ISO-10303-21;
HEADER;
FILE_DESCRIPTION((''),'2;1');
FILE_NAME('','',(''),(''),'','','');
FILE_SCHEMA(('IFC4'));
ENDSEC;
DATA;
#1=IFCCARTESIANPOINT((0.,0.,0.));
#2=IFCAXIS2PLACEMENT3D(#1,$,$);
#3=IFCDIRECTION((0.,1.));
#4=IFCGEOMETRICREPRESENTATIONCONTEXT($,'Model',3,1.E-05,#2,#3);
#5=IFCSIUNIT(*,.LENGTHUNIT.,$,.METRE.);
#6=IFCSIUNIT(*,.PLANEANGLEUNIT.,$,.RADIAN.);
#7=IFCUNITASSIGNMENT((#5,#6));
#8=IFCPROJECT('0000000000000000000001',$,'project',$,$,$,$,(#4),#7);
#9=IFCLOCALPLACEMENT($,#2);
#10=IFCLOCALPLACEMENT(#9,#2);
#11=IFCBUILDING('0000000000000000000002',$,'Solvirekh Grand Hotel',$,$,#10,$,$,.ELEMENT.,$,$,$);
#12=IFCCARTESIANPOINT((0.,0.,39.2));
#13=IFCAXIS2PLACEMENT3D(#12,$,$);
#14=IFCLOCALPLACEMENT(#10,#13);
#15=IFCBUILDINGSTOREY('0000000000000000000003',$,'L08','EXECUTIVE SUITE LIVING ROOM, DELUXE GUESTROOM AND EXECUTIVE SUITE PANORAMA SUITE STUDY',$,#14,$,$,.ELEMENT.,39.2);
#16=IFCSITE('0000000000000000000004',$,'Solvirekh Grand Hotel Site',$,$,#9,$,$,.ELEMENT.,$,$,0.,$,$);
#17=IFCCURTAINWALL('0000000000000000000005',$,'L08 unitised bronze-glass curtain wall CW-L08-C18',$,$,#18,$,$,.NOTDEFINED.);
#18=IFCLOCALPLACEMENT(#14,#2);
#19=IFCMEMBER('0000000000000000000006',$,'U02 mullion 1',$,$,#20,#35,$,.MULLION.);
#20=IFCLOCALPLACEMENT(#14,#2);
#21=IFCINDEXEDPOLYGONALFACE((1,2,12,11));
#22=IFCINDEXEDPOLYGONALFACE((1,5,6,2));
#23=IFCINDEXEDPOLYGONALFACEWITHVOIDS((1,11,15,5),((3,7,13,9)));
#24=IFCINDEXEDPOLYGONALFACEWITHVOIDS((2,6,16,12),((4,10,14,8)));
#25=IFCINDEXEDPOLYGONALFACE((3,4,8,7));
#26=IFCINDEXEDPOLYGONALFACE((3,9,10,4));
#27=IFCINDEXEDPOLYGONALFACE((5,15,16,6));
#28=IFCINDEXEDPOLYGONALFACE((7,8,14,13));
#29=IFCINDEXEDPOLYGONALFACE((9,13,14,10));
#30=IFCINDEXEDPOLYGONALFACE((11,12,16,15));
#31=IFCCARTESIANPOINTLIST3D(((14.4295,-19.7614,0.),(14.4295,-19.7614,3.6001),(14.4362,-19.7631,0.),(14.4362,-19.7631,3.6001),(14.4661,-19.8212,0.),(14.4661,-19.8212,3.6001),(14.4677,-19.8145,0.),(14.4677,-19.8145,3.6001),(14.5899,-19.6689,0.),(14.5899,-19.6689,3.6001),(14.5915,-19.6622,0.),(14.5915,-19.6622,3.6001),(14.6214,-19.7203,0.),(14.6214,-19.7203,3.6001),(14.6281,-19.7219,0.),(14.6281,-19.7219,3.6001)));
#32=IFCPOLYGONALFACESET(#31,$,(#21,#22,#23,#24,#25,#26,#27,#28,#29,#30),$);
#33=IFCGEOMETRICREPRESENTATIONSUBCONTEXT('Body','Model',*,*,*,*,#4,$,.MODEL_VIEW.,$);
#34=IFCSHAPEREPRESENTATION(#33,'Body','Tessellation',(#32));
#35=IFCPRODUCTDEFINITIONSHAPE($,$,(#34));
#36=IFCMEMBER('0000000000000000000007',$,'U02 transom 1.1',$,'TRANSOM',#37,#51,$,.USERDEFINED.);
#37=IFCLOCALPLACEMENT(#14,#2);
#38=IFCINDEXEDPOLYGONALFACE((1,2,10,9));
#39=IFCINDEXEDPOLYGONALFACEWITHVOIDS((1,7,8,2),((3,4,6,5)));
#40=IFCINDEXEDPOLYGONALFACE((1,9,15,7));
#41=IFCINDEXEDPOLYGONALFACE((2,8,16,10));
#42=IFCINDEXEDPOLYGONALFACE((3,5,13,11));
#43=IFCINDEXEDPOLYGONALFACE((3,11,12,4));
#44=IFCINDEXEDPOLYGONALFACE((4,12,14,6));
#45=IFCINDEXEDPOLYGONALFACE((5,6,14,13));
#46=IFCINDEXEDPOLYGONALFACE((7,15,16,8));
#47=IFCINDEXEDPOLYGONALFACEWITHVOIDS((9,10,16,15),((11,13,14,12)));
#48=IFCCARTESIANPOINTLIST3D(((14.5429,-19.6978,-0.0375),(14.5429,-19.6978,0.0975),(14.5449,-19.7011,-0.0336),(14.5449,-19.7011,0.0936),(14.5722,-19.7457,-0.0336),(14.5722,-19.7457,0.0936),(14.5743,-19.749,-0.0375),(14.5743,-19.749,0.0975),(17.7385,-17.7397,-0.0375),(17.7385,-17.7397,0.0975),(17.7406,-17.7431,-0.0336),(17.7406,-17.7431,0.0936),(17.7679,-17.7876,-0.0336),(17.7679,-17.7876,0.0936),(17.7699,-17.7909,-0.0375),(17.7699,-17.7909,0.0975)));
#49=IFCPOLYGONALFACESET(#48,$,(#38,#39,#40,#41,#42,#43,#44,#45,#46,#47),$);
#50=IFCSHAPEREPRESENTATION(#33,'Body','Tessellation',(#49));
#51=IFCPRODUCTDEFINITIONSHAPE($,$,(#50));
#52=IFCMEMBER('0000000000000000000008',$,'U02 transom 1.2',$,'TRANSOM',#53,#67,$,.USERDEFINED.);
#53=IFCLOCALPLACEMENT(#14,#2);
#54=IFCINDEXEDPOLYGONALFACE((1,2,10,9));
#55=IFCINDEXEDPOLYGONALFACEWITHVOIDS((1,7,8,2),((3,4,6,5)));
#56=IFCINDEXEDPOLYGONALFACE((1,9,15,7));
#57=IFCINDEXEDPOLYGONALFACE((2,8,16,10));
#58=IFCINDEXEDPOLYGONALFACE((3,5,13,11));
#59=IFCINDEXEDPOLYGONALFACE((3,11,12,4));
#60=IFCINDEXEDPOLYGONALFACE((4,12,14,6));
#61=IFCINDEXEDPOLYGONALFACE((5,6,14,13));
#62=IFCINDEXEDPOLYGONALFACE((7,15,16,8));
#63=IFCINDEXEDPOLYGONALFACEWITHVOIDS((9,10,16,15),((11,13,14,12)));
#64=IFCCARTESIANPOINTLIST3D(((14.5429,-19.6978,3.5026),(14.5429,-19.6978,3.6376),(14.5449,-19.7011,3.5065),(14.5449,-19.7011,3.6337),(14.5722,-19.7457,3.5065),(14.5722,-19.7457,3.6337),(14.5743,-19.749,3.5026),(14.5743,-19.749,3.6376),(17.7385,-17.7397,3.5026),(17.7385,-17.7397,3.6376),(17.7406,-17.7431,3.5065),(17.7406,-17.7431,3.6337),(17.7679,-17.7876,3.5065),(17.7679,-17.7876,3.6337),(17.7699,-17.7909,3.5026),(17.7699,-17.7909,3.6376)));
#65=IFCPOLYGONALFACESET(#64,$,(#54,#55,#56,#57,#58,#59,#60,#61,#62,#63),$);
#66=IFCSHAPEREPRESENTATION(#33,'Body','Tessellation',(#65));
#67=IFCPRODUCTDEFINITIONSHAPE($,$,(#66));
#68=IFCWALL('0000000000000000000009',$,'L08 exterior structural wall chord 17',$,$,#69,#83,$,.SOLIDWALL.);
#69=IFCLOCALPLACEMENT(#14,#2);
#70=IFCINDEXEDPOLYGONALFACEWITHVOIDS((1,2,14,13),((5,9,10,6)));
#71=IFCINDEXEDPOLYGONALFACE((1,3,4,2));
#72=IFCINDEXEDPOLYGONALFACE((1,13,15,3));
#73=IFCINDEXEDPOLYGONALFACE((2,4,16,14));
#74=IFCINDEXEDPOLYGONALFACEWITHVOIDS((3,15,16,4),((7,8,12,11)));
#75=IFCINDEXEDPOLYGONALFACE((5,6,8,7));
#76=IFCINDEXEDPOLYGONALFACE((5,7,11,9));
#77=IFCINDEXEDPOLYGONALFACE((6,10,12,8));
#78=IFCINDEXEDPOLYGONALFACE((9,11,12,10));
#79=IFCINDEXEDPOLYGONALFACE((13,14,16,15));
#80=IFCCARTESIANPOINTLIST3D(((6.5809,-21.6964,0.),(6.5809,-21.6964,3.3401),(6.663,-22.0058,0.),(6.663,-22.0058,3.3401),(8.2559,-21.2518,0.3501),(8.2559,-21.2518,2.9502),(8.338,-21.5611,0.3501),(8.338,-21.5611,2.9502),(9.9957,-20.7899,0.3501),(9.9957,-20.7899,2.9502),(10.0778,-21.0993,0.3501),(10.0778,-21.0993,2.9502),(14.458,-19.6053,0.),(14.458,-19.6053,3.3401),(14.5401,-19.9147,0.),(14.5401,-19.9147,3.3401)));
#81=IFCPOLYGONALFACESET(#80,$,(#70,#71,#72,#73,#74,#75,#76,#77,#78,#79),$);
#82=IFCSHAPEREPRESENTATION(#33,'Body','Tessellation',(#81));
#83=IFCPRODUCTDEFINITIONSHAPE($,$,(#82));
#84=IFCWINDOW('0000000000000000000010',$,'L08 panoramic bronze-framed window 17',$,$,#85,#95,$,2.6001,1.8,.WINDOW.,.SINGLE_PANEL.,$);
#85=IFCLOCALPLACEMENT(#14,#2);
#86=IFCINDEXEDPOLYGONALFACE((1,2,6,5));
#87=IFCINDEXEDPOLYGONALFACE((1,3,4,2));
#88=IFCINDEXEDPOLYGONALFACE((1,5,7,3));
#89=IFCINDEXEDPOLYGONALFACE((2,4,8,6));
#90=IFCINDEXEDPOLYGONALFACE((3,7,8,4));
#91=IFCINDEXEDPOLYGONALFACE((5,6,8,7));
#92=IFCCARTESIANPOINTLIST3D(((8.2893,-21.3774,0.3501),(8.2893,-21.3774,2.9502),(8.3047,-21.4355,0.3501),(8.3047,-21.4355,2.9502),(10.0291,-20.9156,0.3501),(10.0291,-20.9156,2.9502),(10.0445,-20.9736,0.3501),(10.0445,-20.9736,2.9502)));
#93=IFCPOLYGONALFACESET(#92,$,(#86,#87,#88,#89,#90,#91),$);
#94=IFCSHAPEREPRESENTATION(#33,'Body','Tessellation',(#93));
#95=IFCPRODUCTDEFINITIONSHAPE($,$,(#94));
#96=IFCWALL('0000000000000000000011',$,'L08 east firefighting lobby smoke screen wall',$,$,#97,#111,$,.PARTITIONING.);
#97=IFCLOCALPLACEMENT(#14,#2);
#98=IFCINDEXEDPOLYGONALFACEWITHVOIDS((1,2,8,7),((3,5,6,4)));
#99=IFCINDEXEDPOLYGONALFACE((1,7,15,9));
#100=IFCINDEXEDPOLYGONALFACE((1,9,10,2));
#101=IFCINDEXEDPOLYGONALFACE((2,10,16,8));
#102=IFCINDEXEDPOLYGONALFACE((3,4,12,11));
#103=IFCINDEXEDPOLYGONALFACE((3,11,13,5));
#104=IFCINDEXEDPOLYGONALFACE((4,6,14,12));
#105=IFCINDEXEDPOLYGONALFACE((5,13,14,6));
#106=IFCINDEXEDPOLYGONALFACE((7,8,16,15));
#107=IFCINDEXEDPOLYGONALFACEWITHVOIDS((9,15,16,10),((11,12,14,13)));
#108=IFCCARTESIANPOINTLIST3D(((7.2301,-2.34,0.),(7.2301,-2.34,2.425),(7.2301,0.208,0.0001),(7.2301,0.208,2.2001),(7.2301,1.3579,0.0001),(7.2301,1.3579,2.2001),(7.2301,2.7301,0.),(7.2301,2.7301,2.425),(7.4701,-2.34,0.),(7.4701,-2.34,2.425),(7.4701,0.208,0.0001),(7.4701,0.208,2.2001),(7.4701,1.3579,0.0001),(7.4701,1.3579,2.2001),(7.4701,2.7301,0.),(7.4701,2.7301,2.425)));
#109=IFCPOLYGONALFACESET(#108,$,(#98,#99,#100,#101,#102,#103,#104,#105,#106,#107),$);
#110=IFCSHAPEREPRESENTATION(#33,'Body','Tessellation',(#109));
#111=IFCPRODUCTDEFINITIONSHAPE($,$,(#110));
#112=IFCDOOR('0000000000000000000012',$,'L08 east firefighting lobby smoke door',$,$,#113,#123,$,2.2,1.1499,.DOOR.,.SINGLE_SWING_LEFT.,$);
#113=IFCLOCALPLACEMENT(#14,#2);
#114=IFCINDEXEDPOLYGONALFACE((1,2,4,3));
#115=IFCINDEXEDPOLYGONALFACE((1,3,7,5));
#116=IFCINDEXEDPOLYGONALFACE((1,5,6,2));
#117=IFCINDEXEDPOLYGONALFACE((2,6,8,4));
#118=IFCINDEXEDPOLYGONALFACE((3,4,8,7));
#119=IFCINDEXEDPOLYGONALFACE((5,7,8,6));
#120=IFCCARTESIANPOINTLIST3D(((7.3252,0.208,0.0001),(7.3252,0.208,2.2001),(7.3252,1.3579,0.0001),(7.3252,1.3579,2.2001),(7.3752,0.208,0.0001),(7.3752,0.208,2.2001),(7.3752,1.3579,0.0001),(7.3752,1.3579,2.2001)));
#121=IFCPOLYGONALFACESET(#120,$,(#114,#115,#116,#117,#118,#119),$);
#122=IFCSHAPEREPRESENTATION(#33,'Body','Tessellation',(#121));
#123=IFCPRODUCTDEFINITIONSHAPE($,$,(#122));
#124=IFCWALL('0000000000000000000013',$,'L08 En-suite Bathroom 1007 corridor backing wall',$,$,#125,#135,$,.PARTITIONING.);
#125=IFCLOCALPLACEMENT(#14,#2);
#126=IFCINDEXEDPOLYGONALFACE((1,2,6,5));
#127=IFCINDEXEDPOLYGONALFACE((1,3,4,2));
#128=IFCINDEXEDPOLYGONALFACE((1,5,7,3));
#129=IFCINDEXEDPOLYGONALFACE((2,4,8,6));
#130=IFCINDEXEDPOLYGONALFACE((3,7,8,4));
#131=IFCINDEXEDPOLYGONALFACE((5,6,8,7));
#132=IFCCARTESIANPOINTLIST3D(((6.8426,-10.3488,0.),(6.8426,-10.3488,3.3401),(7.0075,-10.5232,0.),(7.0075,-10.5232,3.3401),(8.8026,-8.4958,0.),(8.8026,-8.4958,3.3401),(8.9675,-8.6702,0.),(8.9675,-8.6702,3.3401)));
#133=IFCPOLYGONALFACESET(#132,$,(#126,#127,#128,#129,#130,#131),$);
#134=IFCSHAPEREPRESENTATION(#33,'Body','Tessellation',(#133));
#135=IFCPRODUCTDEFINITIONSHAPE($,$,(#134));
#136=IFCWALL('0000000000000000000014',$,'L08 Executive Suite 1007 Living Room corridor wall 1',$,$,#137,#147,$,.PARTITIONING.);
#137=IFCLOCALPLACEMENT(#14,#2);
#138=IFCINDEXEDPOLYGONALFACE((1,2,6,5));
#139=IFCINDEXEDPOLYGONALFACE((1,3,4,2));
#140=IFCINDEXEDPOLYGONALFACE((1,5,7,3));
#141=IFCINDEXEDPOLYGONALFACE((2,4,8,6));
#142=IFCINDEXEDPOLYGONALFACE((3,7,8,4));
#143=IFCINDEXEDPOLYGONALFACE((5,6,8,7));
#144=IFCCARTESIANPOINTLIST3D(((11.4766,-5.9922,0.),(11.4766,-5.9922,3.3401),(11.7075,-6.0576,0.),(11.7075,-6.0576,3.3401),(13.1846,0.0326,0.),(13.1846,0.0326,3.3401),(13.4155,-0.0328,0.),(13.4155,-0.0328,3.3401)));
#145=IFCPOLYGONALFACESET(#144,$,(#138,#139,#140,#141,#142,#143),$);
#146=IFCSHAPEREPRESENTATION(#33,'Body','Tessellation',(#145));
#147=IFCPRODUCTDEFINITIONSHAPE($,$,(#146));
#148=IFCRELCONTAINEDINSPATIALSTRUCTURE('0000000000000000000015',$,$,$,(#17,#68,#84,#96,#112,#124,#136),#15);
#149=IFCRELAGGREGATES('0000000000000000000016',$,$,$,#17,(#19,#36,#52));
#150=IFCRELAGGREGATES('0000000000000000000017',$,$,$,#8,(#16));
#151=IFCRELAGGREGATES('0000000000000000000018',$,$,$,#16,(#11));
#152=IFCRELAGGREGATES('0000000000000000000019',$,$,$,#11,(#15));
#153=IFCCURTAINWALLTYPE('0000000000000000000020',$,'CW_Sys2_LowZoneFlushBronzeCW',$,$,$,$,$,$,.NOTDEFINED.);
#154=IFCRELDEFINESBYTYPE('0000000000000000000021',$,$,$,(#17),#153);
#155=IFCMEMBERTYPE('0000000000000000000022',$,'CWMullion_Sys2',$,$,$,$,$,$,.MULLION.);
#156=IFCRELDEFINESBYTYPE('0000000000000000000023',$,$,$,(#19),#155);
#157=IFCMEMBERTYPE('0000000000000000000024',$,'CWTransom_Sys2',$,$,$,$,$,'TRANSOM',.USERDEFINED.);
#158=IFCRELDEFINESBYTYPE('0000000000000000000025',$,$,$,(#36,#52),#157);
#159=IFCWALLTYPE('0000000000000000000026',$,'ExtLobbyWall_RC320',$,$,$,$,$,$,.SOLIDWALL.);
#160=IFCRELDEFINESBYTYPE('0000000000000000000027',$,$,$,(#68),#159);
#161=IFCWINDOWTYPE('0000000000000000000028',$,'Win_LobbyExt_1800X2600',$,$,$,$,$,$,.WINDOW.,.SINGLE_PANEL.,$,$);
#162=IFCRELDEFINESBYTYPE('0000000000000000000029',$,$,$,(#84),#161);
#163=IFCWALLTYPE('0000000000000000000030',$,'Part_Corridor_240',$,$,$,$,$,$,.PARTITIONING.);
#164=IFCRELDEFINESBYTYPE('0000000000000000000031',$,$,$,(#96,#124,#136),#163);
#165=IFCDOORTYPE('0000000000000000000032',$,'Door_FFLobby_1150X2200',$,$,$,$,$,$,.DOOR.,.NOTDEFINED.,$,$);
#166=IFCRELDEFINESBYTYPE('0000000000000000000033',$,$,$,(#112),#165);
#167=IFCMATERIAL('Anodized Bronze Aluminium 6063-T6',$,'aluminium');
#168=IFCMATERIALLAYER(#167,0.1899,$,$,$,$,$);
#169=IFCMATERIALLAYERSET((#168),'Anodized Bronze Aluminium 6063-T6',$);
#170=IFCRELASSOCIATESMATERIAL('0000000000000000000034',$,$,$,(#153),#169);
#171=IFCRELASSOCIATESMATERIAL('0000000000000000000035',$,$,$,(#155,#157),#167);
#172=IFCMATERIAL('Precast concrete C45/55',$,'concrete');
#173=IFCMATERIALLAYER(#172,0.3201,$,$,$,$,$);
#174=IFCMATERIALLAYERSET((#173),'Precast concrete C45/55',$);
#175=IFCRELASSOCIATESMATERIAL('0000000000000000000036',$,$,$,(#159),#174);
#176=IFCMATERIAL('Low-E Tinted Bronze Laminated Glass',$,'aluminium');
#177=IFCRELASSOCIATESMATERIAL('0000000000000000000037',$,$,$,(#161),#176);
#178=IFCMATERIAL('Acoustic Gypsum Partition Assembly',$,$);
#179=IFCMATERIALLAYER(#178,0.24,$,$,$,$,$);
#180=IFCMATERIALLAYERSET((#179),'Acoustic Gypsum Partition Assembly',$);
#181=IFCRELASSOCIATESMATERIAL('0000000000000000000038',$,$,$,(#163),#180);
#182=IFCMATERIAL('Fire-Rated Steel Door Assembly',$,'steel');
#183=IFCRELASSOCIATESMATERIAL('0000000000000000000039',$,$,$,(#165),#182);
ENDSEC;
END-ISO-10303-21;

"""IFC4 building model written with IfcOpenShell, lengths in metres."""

from ifc_helpers import new_model, si_unit, direction, frame, frame_2d, origin, origin_2d, place, context, subcontext, project, spatial, rectangle, hollow_rectangle, extrude, source, transform, mapped, material, layer, layer_set, material_profile, profile_set, type_object, element, fill, aggregate, save


model = new_model("IFC4")

# Units and contexts
model_context = context("Model", 3, precision=1e-05, world=origin(), true_north=direction((0.0, 1.0)))
body_context = subcontext(model_context, "Body", "Model", "MODEL_VIEW")
ifc_project = project(units=[si_unit("LENGTHUNIT", "METRE"), si_unit("PLANEANGLEUNIT", "RADIAN")], contexts=[model_context])

# Site, building, storey
site_placement = place(None, origin())
site = spatial("IfcSite", under=ifc_project, at=site_placement, Name="Solvirekh Grand Hotel Site", CompositionType="ELEMENT", RefElevation=0.0)
building_placement = place(site_placement, origin())
building = spatial("IfcBuilding", under=site, at=building_placement, Name="Solvirekh Grand Hotel", CompositionType="ELEMENT")
storey_placement = place(building_placement, frame((0.0, 0.0, 39.2)))
storey = spatial("IfcBuildingStorey", under=building, at=storey_placement, Name="L08", Description="EXECUTIVE SUITE LIVING ROOM, DELUXE GUESTROOM AND EXECUTIVE SUITE PANORAMA SUITE STUDY", CompositionType="ELEMENT", Elevation=39.2)

# Curtain wall, members
ifc_material_1 = material(Name="Anodized Bronze Aluminium 6063-T6", Category="aluminium")
ifc_layer_1 = layer(ifc_material_1, 0.1899)
ifc_layer_set_1 = layer_set([ifc_layer_1], Name="Anodized Bronze Aluminium 6063-T6")
curtain_wall_type = type_object("IfcCurtainWallType", Name="CW_Sys2_LowZoneFlushBronzeCW", PredefinedType="NOTDEFINED", material=ifc_layer_set_1)
curtain_wall_placement = place(storey_placement, origin())
curtain_wall = element("IfcCurtainWall", 1, at=curtain_wall_placement, inside=storey, type_object=curtain_wall_type, Name="L08 unitised bronze-glass curtain wall CW-L08-C18", PredefinedType="NOTDEFINED")
ifc_material_profile_1 = material_profile(ifc_material_1, hollow_rectangle(XDim=0.0701, YDim=0.1899, WallThickness=0.0049, at=origin_2d()), Name="ALU RHS 190X70X5")
ifc_profile_set_1 = profile_set([ifc_material_profile_1], Name="Anodized Bronze Aluminium 6063-T6")
member_type_1 = type_object("IfcMemberType", Name="CWMullion_Sys2", PredefinedType="MULLION", material=ifc_profile_set_1)
shared_shape_1 = source(origin(), body_context, "Body", "SweptSolid", [
    extrude(hollow_rectangle(XDim=0.0701, YDim=0.1899, WallThickness=0.0049, at=origin_2d()), origin(), (0.0, 0.0, 1.0), 3.6001),
])
member_1_placement = place(storey_placement, frame((14.5288, -19.7417, 0.0), z_axis=(0.0, 0.0, 1.0), x_axis=(-0.522489, 0.852646, 0.0)))
member_1 = element("IfcMember", 2, at=member_1_placement, type_object=member_type_1, Name="U02 mullion 1", PredefinedType="MULLION", context=body_context, shape_type="MappedRepresentation", body=[
    mapped(shared_shape_1, transform((0.0, 0.0, 0.0), x_axis=(1.0, 0.0, 0.0), y_axis=(0.0, 1.0, 0.0), z_axis=(0.0, 0.0, 1.0), scale=1.0)),
])
ifc_material_profile_2 = material_profile(ifc_material_1, hollow_rectangle(XDim=0.0601, YDim=0.135, WallThickness=0.0039, at=origin_2d()), Name="ALU RHS 135X60X4")
ifc_profile_set_2 = profile_set([ifc_material_profile_2], Name="Anodized Bronze Aluminium 6063-T6")
member_type_2 = type_object("IfcMemberType", Name="CWTransom_Sys2", ElementType="TRANSOM", PredefinedType="USERDEFINED", material=ifc_profile_set_2)
shared_shape_2 = source(origin(), body_context, "Body", "SweptSolid", [
    extrude(hollow_rectangle(XDim=0.0601, YDim=0.135, WallThickness=0.0039, at=origin_2d()), origin(), (0.0, 0.0, 1.0), 3.7478),
])
member_2_placement = place(storey_placement, frame((14.5586, -19.7234, 0.03), z_axis=(0.852668, 0.522454, 0.0), x_axis=(-0.522454, 0.852668, 0.0)))
member_2 = element("IfcMember", 3, at=member_2_placement, type_object=member_type_2, Name="U02 transom 1.1", ObjectType="TRANSOM", PredefinedType="USERDEFINED", context=body_context, shape_type="MappedRepresentation", body=[
    mapped(shared_shape_2, transform((0.0, 0.0, 0.0), x_axis=(1.0, 0.0, 0.0), y_axis=(0.0, 1.0, 0.0), z_axis=(0.0, 0.0, 1.0), scale=1.0)),
])
member_3_placement = place(storey_placement, frame((14.5586, -19.7234, 3.5701), z_axis=(0.852668, 0.522454, 0.0), x_axis=(-0.522454, 0.852668, 0.0)))
member_3 = element("IfcMember", 4, at=member_3_placement, type_object=member_type_2, Name="U02 transom 1.2", ObjectType="TRANSOM", PredefinedType="USERDEFINED", context=body_context, shape_type="MappedRepresentation", body=[
    mapped(shared_shape_2, transform((0.0, 0.0, 0.0), x_axis=(1.0, 0.0, 0.0), y_axis=(0.0, 1.0, 0.0), z_axis=(0.0, 0.0, 1.0), scale=1.0)),
])
aggregate(curtain_wall, [member_1, member_2, member_3])

# Wall, opening, window
ifc_material_2 = material(Name="Precast concrete C45/55", Category="concrete")
ifc_layer_2 = layer(ifc_material_2, 0.3201)
ifc_layer_set_2 = layer_set([ifc_layer_2], Name="Precast concrete C45/55")
wall_type_1 = type_object("IfcWallType", Name="ExtLobbyWall_RC320", PredefinedType="SOLIDWALL", material=ifc_layer_set_2)
wall_1_placement = place(storey_placement, frame((14.499, -19.76, 0.0), z_axis=(0.0, 0.0, 1.0), x_axis=(-0.966523, -0.256579, 0.0)))
wall_1 = element("IfcWall", 5, at=wall_1_placement, inside=storey, type_object=wall_type_1, Name="L08 exterior structural wall chord 17", PredefinedType="SOLIDWALL", context=body_context, shape_type="SweptSolid", body=[
    extrude(rectangle(XDim=8.1499, YDim=0.3201, at=frame_2d((4.075, 0.0))), origin(), (0.0, 0.0, 1.0), 3.3401),
])
opening_1_placement = place(wall_1_placement, frame((4.6169, 0.0, 0.3501)))
opening_1 = element("IfcOpeningElement", 6, at=opening_1_placement, cuts=wall_1, PredefinedType="OPENING", context=body_context, shape_type="SweptSolid", body=[
    extrude(rectangle(XDim=1.8, YDim=2.6001, at=frame_2d((0.8999, 1.3))), frame((0.0, 0.1699, 0.0), z_axis=(0.0, -1.0, 0.0), x_axis=(1.0, 0.0, 0.0)), (0.0, 0.0, 1.0), 0.3401),
])
ifc_material_3 = material(Name="Low-E Tinted Bronze Laminated Glass", Category="aluminium")
window_type = type_object("IfcWindowType", Name="Win_LobbyExt_1800X2600", PartitioningType="SINGLE_PANEL", PredefinedType="WINDOW", material=ifc_material_3)
window_placement = place(opening_1_placement, origin())
window = element("IfcWindow", 7, at=window_placement, inside=storey, type_object=window_type, Name="L08 panoramic bronze-framed window 17", OverallHeight=2.6001, OverallWidth=1.8, PartitioningType="SINGLE_PANEL", PredefinedType="WINDOW", context=body_context, shape_type="SweptSolid", body=[
    extrude(rectangle(XDim=1.8, YDim=2.6001, at=frame_2d((0.8999, 1.3))), frame((0.0, 0.03, 0.0), z_axis=(0.0, -1.0, 0.0), x_axis=(1.0, 0.0, 0.0)), (0.0, 0.0, 1.0), 0.0601),
])
fill(opening_1, window)

# Wall, opening, door
ifc_material_4 = material(Name="Acoustic Gypsum Partition Assembly")
ifc_layer_3 = layer(ifc_material_4, 0.24)
ifc_layer_set_3 = layer_set([ifc_layer_3], Name="Acoustic Gypsum Partition Assembly")
wall_type_2 = type_object("IfcWallType", Name="Part_Corridor_240", PredefinedType="PARTITIONING", material=ifc_layer_set_3)
wall_2_placement = place(storey_placement, frame((7.3501, -2.3401, 0.0), z_axis=(0.0, 0.0, 1.0), x_axis=(0.0, 1.0, 0.0)))
wall_2 = element("IfcWall", 8, at=wall_2_placement, inside=storey, type_object=wall_type_2, Name="L08 east firefighting lobby smoke screen wall", PredefinedType="PARTITIONING", context=body_context, shape_type="SweptSolid", body=[
    extrude(rectangle(XDim=5.0701, YDim=0.24, at=frame_2d((2.5352, 0.0))), origin(), (0.0, 0.0, 1.0), 2.425),
])
opening_2_placement = place(wall_2_placement, frame((2.5481, 0.0, 0.0)))
opening_2 = element("IfcOpeningElement", 9, at=opening_2_placement, cuts=wall_2, PredefinedType="OPENING", context=body_context, shape_type="SweptSolid", body=[
    extrude(rectangle(XDim=1.1499, YDim=2.2, at=frame_2d((0.575, 1.1001))), frame((0.0, 0.1299, 0.0), z_axis=(0.0, -1.0, 0.0), x_axis=(1.0, 0.0, 0.0)), (0.0, 0.0, 1.0), 0.26),
])
ifc_material_5 = material(Name="Fire-Rated Steel Door Assembly", Category="steel")
door_type_1 = type_object("IfcDoorType", Name="Door_FFLobby_1150X2200", OperationType="NOTDEFINED", PredefinedType="DOOR", material=ifc_material_5)
door_1_placement = place(opening_2_placement, origin())
door_1 = element("IfcDoor", 10, at=door_1_placement, inside=storey, type_object=door_type_1, Name="L08 east firefighting lobby smoke door", OperationType="SINGLE_SWING_LEFT", OverallHeight=2.2, OverallWidth=1.1499, PredefinedType="DOOR", context=body_context, shape_type="SweptSolid", body=[
    extrude(rectangle(XDim=1.1499, YDim=2.2, at=frame_2d((0.575, 1.1001))), frame((0.0, 0.0249, 0.0), z_axis=(0.0, -1.0, 0.0), x_axis=(1.0, 0.0, 0.0)), (0.0, 0.0, 1.0), 0.05),
])
fill(opening_2, door_1)

# Walls
wall_3_placement = place(storey_placement, frame((6.925, -10.436, 0.0), z_axis=(0.0, 0.0, 1.0), x_axis=(0.726652, 0.687006, 0.0)))
element("IfcWall", 11, at=wall_3_placement, inside=storey, type_object=wall_type_2, Name="L08 En-suite Bathroom 1007 corridor backing wall", PredefinedType="PARTITIONING", context=body_context, shape_type="SweptSolid", body=[
    extrude(rectangle(XDim=2.6973, YDim=0.24, at=frame_2d((1.3486, 0.0))), origin(), (0.0, 0.0, 1.0), 3.3401),
])
wall_4_placement = place(storey_placement, frame((11.592, -6.0249, 0.0), z_axis=(0.0, 0.0, 1.0), x_axis=(0.272743, 0.962087, 0.0)))
element("IfcWall", 12, at=wall_4_placement, inside=storey, type_object=wall_type_2, Name="L08 Executive Suite 1007 Living Room corridor wall 1", PredefinedType="PARTITIONING", context=body_context, shape_type="SweptSolid", body=[
    extrude(rectangle(XDim=6.2622, YDim=0.24, at=frame_2d((3.1311, 0.0))), origin(), (0.0, 0.0, 1.0), 3.3401),
])

save(model, "model.ifc")
